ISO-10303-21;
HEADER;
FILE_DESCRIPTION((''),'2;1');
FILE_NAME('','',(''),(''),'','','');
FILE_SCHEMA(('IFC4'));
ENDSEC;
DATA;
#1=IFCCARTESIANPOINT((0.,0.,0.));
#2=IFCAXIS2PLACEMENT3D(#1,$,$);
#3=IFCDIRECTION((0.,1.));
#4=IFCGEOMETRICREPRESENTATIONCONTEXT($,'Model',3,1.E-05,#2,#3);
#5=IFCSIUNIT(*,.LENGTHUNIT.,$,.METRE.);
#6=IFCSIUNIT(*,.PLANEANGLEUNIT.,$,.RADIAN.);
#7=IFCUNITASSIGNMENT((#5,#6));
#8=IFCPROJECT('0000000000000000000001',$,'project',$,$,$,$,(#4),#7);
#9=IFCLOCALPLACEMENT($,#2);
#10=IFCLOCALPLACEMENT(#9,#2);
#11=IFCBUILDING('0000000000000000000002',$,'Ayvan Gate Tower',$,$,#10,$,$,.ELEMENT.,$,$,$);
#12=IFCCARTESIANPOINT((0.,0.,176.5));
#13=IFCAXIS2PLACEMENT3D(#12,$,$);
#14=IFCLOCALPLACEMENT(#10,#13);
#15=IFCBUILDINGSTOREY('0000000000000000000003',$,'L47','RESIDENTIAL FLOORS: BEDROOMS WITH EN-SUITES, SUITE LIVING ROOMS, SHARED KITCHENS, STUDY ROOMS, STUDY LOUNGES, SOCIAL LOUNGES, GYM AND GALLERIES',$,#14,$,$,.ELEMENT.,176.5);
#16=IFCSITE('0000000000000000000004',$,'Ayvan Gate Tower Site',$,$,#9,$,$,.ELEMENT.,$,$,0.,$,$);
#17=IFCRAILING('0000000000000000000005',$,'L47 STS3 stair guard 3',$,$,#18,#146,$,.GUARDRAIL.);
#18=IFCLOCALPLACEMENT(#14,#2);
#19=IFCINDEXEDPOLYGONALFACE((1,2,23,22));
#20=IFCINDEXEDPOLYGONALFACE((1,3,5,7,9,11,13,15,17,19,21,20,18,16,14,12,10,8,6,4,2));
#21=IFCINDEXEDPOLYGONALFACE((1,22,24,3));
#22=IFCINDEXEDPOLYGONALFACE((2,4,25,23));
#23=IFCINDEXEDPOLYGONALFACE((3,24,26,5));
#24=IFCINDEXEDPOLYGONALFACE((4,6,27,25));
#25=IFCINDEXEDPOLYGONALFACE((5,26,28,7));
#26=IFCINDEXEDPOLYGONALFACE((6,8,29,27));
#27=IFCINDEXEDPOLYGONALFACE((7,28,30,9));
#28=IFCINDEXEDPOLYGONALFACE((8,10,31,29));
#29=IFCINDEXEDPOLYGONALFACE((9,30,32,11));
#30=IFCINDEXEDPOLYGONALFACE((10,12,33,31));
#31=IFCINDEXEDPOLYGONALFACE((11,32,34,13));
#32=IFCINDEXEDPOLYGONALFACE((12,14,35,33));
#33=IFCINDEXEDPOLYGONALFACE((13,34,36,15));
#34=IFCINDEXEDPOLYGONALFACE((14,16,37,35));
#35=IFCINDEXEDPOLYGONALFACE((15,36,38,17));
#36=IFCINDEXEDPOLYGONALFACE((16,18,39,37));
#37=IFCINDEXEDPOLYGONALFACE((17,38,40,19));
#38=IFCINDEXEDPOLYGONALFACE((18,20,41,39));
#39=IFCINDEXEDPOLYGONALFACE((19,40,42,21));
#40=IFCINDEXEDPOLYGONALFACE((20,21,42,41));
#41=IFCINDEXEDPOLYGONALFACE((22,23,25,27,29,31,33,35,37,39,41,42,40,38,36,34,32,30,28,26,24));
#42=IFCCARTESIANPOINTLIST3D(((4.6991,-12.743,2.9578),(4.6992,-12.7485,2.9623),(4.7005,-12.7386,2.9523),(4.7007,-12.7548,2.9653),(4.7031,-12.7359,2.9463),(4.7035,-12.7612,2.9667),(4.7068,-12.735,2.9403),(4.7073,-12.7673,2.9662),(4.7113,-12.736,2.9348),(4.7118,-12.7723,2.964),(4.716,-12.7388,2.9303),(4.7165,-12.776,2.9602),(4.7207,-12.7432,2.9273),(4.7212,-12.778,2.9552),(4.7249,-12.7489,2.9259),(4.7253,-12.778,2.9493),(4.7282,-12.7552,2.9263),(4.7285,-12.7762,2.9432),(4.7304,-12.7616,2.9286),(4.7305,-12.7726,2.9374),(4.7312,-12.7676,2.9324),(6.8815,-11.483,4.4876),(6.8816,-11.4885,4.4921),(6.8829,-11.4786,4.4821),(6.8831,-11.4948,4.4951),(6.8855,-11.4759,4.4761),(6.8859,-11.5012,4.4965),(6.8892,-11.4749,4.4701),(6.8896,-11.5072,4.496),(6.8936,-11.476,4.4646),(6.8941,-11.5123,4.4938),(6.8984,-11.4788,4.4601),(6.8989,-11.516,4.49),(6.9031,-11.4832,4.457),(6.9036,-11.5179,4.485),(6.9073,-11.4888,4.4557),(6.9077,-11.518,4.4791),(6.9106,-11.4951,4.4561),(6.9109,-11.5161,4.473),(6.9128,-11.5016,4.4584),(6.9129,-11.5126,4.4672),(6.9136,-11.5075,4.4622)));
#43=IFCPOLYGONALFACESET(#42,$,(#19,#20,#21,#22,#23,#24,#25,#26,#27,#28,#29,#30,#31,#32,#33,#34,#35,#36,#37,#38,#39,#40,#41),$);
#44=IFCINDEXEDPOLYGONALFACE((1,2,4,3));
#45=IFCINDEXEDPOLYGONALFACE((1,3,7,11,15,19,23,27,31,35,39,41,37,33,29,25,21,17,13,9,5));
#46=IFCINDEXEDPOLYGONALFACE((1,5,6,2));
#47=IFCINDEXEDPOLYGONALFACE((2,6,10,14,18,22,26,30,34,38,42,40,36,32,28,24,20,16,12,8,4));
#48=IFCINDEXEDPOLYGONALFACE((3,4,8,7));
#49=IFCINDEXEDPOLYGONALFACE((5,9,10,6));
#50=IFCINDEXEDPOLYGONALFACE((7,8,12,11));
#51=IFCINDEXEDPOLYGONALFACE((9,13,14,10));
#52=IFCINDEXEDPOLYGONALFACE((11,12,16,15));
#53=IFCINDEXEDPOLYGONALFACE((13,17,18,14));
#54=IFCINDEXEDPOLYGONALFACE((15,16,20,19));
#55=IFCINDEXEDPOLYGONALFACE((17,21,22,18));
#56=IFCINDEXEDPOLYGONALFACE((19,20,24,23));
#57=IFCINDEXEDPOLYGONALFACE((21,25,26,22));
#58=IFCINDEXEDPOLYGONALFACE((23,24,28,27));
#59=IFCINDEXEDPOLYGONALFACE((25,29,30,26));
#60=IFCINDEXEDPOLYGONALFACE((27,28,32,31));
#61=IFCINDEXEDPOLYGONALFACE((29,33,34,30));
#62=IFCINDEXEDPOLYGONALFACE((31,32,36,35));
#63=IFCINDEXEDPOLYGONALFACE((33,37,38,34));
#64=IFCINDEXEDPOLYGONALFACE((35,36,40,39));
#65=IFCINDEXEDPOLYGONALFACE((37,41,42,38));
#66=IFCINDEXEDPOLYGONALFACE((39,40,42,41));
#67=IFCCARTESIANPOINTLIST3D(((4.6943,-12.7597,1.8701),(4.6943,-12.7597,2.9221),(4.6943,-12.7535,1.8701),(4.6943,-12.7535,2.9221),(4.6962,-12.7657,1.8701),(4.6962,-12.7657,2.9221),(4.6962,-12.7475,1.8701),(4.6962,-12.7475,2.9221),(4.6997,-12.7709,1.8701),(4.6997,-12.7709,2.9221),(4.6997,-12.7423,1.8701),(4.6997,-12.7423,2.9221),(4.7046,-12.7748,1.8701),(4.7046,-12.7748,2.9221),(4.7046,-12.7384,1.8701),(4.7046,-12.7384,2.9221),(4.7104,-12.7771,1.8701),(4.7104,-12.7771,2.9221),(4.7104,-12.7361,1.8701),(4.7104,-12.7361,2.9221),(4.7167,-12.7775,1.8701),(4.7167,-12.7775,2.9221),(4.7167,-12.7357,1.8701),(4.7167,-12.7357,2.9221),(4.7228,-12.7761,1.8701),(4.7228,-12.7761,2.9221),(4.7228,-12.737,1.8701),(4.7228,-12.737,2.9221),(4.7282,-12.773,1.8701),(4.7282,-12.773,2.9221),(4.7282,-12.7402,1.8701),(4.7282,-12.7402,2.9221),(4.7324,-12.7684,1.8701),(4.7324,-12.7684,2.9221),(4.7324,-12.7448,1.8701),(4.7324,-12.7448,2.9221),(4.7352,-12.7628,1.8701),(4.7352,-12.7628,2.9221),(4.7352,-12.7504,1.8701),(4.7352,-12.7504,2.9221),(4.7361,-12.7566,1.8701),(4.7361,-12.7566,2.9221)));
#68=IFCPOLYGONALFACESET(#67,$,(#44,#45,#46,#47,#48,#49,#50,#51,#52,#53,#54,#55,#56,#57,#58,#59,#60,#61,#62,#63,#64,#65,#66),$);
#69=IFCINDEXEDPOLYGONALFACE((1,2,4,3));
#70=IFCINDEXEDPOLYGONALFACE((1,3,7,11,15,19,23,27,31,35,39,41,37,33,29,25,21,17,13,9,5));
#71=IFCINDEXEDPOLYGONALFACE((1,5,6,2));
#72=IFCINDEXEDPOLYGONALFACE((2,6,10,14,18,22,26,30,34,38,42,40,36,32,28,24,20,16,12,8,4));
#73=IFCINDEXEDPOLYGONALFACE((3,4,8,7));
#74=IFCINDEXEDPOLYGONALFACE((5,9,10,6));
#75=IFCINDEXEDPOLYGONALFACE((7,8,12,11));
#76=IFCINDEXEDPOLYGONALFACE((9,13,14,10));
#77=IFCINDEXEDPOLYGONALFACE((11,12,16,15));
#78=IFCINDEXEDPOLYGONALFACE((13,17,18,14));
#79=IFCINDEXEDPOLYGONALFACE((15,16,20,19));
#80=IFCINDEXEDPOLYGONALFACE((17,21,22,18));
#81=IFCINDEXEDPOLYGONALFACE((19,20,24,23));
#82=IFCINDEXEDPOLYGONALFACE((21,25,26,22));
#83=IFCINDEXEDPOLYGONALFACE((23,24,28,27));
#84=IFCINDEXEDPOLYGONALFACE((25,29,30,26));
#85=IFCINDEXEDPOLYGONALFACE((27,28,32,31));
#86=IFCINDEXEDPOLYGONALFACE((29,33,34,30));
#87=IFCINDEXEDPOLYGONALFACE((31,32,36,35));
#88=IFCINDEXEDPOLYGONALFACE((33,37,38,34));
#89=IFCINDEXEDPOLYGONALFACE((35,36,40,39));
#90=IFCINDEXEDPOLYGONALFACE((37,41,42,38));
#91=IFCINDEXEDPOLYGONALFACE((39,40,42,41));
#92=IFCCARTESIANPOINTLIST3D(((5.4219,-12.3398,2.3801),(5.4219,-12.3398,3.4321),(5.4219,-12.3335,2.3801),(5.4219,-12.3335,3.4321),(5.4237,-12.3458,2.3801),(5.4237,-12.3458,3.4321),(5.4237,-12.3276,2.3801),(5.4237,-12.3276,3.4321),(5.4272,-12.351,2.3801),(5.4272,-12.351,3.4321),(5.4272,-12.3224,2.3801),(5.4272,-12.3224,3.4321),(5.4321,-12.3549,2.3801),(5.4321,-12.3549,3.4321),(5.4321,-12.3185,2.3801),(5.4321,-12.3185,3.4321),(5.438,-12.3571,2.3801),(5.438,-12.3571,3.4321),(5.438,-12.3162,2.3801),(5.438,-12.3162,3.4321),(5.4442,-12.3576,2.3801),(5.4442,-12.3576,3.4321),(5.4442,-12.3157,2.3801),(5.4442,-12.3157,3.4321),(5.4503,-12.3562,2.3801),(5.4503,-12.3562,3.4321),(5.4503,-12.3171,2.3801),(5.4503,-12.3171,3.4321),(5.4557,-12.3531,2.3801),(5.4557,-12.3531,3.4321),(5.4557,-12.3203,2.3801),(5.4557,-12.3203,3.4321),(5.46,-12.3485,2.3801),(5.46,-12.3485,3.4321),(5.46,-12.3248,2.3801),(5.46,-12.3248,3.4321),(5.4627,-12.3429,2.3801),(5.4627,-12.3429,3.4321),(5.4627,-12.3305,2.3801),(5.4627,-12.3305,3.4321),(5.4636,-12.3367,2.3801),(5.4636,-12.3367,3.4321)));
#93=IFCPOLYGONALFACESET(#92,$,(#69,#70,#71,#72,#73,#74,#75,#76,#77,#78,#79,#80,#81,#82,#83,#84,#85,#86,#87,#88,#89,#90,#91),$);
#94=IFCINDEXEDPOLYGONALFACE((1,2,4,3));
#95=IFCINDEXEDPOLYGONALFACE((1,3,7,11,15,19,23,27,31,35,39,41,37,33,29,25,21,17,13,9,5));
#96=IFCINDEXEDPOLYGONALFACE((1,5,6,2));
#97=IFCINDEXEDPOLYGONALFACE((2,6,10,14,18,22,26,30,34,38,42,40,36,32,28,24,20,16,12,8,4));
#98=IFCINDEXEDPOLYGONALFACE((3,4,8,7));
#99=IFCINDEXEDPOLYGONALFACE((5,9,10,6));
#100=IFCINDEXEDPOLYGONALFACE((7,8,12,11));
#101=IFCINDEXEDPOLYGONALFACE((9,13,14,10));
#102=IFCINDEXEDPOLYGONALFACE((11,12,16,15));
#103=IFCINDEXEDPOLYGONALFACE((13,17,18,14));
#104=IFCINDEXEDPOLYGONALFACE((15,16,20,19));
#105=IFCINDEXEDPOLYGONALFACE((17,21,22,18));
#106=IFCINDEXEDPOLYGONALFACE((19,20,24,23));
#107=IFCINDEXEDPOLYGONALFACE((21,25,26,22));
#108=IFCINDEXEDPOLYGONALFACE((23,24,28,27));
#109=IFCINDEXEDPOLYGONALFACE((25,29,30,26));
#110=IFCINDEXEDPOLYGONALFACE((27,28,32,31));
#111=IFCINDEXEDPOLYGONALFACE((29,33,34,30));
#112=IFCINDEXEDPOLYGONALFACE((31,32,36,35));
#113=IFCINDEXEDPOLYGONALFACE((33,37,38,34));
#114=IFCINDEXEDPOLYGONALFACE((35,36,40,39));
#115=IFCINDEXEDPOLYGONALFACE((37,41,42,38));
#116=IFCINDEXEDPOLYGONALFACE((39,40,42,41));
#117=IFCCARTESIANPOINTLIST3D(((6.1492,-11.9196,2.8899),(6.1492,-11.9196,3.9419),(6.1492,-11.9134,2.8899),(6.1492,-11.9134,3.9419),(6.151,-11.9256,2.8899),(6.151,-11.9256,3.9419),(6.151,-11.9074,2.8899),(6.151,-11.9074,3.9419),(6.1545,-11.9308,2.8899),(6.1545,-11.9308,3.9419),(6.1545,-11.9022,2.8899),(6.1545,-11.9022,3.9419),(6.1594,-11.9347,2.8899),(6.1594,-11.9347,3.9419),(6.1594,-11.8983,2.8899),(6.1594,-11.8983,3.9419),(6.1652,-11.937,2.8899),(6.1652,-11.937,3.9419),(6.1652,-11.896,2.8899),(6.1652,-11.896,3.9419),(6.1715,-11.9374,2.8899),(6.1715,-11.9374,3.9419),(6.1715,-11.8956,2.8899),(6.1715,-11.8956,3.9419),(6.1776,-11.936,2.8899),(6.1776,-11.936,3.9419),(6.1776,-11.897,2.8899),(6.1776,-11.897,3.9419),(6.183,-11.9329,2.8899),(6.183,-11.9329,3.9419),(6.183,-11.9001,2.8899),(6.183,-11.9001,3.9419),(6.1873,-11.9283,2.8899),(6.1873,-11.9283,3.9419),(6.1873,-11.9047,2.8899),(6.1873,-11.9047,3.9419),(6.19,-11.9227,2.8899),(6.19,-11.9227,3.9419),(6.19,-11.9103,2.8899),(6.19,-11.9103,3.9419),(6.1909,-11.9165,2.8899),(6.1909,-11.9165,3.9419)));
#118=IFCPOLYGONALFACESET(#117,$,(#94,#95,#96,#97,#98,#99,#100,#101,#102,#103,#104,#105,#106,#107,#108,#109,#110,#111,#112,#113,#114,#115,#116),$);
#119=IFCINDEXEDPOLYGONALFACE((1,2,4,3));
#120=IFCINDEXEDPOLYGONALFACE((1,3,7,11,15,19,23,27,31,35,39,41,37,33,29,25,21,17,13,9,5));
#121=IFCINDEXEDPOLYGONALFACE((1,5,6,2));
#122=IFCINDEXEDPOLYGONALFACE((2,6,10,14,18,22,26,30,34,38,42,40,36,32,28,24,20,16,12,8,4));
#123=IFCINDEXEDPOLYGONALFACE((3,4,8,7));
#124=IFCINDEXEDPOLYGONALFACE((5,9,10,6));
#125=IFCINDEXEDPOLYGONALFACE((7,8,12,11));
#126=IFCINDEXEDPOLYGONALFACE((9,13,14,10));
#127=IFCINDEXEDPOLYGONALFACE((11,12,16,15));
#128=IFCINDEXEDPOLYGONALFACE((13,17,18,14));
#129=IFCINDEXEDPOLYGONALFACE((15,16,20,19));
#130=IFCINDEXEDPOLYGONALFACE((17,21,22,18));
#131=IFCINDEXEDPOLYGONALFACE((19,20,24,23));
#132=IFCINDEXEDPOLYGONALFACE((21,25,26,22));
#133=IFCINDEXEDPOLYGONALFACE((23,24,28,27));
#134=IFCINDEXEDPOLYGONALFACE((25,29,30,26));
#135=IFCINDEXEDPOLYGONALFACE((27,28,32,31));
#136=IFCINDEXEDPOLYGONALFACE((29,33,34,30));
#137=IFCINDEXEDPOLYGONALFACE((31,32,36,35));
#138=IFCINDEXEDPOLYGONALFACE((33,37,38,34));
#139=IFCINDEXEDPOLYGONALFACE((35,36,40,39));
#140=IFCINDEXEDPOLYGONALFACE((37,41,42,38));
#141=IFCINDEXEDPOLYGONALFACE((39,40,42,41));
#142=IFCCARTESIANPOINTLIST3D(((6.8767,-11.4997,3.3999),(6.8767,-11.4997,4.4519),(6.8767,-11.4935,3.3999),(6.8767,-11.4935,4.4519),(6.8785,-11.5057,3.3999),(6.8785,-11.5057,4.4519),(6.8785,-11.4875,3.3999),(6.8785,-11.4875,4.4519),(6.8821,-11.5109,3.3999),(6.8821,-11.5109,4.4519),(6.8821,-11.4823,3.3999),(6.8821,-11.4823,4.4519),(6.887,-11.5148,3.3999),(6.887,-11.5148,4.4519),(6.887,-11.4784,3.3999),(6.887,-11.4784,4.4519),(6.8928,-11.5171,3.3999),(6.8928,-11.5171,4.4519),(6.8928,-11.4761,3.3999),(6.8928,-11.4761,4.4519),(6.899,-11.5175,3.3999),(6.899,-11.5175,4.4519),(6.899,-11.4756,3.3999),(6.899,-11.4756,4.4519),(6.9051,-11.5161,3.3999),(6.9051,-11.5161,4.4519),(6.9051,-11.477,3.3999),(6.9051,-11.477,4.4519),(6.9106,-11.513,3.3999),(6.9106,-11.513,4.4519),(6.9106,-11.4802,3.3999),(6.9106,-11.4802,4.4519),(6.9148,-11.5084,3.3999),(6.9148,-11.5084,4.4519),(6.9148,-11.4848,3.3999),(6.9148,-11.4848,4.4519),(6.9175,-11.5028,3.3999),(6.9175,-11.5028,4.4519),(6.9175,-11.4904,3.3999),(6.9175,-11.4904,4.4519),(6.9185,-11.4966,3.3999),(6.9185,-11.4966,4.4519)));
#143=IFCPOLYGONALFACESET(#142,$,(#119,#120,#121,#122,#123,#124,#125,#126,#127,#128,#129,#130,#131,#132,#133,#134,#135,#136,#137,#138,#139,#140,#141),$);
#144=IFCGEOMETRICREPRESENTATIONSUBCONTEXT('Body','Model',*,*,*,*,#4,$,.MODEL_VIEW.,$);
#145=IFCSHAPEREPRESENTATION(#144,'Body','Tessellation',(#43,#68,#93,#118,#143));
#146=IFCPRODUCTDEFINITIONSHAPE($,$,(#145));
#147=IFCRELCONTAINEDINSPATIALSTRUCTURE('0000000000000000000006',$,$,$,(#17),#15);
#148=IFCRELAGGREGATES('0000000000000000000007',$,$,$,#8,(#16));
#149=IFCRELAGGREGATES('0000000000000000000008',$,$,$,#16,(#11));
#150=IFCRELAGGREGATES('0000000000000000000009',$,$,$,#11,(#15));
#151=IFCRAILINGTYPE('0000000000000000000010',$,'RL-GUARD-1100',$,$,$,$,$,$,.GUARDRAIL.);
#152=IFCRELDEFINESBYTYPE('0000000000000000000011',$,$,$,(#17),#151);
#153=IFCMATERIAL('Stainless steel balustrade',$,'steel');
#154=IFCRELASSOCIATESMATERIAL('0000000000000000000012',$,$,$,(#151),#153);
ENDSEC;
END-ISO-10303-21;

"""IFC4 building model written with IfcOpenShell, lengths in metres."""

from ifc_helpers import new_model, si_unit, direction, frame, origin, origin_2d, place, context, subcontext, project, spatial, circle, extrude, material, type_object, element, save


model = new_model("IFC4")

# Units and contexts
model_context = context("Model", 3, precision=1e-05, world=origin(), true_north=direction((0.0, 1.0)))
body_context = subcontext(model_context, "Body", "Model", "MODEL_VIEW")
ifc_project = project(units=[si_unit("LENGTHUNIT", "METRE"), si_unit("PLANEANGLEUNIT", "RADIAN")], contexts=[model_context])

# Site, building, storey
site_placement = place(None, origin())
site = spatial("IfcSite", under=ifc_project, at=site_placement, Name="Ayvan Gate Tower Site", CompositionType="ELEMENT", RefElevation=0.0)
building_placement = place(site_placement, origin())
building = spatial("IfcBuilding", under=site, at=building_placement, Name="Ayvan Gate Tower", CompositionType="ELEMENT")
storey_placement = place(building_placement, frame((0.0, 0.0, 176.5)))
storey = spatial("IfcBuildingStorey", under=building, at=storey_placement, Name="L47", Description="RESIDENTIAL FLOORS: BEDROOMS WITH EN-SUITES, SUITE LIVING ROOMS, SHARED KITCHENS, STUDY ROOMS, STUDY LOUNGES, SOCIAL LOUNGES, GYM AND GALLERIES", CompositionType="ELEMENT", Elevation=176.5)

# Railing
ifc_material_1 = material(Name="Stainless steel balustrade", Category="steel")
railing_type_1 = type_object("IfcRailingType", Name="RL-GUARD-1100", PredefinedType="GUARDRAIL", material=ifc_material_1)
railing_1_placement = place(storey_placement, frame((4.7151, -12.7566, 1.8701)))
element("IfcRailing", 1, at=railing_1_placement, inside=storey, type_object=railing_type_1, Name="L47 STS3 stair guard 3", PredefinedType="GUARDRAIL", context=body_context, shape_type="SweptSolid", body=[
    extrude(circle(Radius=0.0239, at=origin_2d()), frame((0.0, 0.0, 1.0762), z_axis=(0.740293, 0.427414, 0.518926), x_axis=(-0.500005, 0.866023, 0.0)), (0.0, 0.0, 1.0), 2.948),
    extrude(circle(Radius=0.021, at=origin_2d()), origin(), (0.0, 0.0, 1.0), 1.052),
    extrude(circle(Radius=0.021, at=origin_2d()), frame((0.7275, 0.4199, 0.51)), (0.0, 0.0, 1.0), 1.052),
    extrude(circle(Radius=0.021, at=origin_2d()), frame((1.4548, 0.8401, 1.0198)), (0.0, 0.0, 1.0), 1.052),
    extrude(circle(Radius=0.021, at=origin_2d()), frame((2.1824, 1.26, 1.5298)), (0.0, 0.0, 1.0), 1.052),
])

save(model, "model.ifc")
